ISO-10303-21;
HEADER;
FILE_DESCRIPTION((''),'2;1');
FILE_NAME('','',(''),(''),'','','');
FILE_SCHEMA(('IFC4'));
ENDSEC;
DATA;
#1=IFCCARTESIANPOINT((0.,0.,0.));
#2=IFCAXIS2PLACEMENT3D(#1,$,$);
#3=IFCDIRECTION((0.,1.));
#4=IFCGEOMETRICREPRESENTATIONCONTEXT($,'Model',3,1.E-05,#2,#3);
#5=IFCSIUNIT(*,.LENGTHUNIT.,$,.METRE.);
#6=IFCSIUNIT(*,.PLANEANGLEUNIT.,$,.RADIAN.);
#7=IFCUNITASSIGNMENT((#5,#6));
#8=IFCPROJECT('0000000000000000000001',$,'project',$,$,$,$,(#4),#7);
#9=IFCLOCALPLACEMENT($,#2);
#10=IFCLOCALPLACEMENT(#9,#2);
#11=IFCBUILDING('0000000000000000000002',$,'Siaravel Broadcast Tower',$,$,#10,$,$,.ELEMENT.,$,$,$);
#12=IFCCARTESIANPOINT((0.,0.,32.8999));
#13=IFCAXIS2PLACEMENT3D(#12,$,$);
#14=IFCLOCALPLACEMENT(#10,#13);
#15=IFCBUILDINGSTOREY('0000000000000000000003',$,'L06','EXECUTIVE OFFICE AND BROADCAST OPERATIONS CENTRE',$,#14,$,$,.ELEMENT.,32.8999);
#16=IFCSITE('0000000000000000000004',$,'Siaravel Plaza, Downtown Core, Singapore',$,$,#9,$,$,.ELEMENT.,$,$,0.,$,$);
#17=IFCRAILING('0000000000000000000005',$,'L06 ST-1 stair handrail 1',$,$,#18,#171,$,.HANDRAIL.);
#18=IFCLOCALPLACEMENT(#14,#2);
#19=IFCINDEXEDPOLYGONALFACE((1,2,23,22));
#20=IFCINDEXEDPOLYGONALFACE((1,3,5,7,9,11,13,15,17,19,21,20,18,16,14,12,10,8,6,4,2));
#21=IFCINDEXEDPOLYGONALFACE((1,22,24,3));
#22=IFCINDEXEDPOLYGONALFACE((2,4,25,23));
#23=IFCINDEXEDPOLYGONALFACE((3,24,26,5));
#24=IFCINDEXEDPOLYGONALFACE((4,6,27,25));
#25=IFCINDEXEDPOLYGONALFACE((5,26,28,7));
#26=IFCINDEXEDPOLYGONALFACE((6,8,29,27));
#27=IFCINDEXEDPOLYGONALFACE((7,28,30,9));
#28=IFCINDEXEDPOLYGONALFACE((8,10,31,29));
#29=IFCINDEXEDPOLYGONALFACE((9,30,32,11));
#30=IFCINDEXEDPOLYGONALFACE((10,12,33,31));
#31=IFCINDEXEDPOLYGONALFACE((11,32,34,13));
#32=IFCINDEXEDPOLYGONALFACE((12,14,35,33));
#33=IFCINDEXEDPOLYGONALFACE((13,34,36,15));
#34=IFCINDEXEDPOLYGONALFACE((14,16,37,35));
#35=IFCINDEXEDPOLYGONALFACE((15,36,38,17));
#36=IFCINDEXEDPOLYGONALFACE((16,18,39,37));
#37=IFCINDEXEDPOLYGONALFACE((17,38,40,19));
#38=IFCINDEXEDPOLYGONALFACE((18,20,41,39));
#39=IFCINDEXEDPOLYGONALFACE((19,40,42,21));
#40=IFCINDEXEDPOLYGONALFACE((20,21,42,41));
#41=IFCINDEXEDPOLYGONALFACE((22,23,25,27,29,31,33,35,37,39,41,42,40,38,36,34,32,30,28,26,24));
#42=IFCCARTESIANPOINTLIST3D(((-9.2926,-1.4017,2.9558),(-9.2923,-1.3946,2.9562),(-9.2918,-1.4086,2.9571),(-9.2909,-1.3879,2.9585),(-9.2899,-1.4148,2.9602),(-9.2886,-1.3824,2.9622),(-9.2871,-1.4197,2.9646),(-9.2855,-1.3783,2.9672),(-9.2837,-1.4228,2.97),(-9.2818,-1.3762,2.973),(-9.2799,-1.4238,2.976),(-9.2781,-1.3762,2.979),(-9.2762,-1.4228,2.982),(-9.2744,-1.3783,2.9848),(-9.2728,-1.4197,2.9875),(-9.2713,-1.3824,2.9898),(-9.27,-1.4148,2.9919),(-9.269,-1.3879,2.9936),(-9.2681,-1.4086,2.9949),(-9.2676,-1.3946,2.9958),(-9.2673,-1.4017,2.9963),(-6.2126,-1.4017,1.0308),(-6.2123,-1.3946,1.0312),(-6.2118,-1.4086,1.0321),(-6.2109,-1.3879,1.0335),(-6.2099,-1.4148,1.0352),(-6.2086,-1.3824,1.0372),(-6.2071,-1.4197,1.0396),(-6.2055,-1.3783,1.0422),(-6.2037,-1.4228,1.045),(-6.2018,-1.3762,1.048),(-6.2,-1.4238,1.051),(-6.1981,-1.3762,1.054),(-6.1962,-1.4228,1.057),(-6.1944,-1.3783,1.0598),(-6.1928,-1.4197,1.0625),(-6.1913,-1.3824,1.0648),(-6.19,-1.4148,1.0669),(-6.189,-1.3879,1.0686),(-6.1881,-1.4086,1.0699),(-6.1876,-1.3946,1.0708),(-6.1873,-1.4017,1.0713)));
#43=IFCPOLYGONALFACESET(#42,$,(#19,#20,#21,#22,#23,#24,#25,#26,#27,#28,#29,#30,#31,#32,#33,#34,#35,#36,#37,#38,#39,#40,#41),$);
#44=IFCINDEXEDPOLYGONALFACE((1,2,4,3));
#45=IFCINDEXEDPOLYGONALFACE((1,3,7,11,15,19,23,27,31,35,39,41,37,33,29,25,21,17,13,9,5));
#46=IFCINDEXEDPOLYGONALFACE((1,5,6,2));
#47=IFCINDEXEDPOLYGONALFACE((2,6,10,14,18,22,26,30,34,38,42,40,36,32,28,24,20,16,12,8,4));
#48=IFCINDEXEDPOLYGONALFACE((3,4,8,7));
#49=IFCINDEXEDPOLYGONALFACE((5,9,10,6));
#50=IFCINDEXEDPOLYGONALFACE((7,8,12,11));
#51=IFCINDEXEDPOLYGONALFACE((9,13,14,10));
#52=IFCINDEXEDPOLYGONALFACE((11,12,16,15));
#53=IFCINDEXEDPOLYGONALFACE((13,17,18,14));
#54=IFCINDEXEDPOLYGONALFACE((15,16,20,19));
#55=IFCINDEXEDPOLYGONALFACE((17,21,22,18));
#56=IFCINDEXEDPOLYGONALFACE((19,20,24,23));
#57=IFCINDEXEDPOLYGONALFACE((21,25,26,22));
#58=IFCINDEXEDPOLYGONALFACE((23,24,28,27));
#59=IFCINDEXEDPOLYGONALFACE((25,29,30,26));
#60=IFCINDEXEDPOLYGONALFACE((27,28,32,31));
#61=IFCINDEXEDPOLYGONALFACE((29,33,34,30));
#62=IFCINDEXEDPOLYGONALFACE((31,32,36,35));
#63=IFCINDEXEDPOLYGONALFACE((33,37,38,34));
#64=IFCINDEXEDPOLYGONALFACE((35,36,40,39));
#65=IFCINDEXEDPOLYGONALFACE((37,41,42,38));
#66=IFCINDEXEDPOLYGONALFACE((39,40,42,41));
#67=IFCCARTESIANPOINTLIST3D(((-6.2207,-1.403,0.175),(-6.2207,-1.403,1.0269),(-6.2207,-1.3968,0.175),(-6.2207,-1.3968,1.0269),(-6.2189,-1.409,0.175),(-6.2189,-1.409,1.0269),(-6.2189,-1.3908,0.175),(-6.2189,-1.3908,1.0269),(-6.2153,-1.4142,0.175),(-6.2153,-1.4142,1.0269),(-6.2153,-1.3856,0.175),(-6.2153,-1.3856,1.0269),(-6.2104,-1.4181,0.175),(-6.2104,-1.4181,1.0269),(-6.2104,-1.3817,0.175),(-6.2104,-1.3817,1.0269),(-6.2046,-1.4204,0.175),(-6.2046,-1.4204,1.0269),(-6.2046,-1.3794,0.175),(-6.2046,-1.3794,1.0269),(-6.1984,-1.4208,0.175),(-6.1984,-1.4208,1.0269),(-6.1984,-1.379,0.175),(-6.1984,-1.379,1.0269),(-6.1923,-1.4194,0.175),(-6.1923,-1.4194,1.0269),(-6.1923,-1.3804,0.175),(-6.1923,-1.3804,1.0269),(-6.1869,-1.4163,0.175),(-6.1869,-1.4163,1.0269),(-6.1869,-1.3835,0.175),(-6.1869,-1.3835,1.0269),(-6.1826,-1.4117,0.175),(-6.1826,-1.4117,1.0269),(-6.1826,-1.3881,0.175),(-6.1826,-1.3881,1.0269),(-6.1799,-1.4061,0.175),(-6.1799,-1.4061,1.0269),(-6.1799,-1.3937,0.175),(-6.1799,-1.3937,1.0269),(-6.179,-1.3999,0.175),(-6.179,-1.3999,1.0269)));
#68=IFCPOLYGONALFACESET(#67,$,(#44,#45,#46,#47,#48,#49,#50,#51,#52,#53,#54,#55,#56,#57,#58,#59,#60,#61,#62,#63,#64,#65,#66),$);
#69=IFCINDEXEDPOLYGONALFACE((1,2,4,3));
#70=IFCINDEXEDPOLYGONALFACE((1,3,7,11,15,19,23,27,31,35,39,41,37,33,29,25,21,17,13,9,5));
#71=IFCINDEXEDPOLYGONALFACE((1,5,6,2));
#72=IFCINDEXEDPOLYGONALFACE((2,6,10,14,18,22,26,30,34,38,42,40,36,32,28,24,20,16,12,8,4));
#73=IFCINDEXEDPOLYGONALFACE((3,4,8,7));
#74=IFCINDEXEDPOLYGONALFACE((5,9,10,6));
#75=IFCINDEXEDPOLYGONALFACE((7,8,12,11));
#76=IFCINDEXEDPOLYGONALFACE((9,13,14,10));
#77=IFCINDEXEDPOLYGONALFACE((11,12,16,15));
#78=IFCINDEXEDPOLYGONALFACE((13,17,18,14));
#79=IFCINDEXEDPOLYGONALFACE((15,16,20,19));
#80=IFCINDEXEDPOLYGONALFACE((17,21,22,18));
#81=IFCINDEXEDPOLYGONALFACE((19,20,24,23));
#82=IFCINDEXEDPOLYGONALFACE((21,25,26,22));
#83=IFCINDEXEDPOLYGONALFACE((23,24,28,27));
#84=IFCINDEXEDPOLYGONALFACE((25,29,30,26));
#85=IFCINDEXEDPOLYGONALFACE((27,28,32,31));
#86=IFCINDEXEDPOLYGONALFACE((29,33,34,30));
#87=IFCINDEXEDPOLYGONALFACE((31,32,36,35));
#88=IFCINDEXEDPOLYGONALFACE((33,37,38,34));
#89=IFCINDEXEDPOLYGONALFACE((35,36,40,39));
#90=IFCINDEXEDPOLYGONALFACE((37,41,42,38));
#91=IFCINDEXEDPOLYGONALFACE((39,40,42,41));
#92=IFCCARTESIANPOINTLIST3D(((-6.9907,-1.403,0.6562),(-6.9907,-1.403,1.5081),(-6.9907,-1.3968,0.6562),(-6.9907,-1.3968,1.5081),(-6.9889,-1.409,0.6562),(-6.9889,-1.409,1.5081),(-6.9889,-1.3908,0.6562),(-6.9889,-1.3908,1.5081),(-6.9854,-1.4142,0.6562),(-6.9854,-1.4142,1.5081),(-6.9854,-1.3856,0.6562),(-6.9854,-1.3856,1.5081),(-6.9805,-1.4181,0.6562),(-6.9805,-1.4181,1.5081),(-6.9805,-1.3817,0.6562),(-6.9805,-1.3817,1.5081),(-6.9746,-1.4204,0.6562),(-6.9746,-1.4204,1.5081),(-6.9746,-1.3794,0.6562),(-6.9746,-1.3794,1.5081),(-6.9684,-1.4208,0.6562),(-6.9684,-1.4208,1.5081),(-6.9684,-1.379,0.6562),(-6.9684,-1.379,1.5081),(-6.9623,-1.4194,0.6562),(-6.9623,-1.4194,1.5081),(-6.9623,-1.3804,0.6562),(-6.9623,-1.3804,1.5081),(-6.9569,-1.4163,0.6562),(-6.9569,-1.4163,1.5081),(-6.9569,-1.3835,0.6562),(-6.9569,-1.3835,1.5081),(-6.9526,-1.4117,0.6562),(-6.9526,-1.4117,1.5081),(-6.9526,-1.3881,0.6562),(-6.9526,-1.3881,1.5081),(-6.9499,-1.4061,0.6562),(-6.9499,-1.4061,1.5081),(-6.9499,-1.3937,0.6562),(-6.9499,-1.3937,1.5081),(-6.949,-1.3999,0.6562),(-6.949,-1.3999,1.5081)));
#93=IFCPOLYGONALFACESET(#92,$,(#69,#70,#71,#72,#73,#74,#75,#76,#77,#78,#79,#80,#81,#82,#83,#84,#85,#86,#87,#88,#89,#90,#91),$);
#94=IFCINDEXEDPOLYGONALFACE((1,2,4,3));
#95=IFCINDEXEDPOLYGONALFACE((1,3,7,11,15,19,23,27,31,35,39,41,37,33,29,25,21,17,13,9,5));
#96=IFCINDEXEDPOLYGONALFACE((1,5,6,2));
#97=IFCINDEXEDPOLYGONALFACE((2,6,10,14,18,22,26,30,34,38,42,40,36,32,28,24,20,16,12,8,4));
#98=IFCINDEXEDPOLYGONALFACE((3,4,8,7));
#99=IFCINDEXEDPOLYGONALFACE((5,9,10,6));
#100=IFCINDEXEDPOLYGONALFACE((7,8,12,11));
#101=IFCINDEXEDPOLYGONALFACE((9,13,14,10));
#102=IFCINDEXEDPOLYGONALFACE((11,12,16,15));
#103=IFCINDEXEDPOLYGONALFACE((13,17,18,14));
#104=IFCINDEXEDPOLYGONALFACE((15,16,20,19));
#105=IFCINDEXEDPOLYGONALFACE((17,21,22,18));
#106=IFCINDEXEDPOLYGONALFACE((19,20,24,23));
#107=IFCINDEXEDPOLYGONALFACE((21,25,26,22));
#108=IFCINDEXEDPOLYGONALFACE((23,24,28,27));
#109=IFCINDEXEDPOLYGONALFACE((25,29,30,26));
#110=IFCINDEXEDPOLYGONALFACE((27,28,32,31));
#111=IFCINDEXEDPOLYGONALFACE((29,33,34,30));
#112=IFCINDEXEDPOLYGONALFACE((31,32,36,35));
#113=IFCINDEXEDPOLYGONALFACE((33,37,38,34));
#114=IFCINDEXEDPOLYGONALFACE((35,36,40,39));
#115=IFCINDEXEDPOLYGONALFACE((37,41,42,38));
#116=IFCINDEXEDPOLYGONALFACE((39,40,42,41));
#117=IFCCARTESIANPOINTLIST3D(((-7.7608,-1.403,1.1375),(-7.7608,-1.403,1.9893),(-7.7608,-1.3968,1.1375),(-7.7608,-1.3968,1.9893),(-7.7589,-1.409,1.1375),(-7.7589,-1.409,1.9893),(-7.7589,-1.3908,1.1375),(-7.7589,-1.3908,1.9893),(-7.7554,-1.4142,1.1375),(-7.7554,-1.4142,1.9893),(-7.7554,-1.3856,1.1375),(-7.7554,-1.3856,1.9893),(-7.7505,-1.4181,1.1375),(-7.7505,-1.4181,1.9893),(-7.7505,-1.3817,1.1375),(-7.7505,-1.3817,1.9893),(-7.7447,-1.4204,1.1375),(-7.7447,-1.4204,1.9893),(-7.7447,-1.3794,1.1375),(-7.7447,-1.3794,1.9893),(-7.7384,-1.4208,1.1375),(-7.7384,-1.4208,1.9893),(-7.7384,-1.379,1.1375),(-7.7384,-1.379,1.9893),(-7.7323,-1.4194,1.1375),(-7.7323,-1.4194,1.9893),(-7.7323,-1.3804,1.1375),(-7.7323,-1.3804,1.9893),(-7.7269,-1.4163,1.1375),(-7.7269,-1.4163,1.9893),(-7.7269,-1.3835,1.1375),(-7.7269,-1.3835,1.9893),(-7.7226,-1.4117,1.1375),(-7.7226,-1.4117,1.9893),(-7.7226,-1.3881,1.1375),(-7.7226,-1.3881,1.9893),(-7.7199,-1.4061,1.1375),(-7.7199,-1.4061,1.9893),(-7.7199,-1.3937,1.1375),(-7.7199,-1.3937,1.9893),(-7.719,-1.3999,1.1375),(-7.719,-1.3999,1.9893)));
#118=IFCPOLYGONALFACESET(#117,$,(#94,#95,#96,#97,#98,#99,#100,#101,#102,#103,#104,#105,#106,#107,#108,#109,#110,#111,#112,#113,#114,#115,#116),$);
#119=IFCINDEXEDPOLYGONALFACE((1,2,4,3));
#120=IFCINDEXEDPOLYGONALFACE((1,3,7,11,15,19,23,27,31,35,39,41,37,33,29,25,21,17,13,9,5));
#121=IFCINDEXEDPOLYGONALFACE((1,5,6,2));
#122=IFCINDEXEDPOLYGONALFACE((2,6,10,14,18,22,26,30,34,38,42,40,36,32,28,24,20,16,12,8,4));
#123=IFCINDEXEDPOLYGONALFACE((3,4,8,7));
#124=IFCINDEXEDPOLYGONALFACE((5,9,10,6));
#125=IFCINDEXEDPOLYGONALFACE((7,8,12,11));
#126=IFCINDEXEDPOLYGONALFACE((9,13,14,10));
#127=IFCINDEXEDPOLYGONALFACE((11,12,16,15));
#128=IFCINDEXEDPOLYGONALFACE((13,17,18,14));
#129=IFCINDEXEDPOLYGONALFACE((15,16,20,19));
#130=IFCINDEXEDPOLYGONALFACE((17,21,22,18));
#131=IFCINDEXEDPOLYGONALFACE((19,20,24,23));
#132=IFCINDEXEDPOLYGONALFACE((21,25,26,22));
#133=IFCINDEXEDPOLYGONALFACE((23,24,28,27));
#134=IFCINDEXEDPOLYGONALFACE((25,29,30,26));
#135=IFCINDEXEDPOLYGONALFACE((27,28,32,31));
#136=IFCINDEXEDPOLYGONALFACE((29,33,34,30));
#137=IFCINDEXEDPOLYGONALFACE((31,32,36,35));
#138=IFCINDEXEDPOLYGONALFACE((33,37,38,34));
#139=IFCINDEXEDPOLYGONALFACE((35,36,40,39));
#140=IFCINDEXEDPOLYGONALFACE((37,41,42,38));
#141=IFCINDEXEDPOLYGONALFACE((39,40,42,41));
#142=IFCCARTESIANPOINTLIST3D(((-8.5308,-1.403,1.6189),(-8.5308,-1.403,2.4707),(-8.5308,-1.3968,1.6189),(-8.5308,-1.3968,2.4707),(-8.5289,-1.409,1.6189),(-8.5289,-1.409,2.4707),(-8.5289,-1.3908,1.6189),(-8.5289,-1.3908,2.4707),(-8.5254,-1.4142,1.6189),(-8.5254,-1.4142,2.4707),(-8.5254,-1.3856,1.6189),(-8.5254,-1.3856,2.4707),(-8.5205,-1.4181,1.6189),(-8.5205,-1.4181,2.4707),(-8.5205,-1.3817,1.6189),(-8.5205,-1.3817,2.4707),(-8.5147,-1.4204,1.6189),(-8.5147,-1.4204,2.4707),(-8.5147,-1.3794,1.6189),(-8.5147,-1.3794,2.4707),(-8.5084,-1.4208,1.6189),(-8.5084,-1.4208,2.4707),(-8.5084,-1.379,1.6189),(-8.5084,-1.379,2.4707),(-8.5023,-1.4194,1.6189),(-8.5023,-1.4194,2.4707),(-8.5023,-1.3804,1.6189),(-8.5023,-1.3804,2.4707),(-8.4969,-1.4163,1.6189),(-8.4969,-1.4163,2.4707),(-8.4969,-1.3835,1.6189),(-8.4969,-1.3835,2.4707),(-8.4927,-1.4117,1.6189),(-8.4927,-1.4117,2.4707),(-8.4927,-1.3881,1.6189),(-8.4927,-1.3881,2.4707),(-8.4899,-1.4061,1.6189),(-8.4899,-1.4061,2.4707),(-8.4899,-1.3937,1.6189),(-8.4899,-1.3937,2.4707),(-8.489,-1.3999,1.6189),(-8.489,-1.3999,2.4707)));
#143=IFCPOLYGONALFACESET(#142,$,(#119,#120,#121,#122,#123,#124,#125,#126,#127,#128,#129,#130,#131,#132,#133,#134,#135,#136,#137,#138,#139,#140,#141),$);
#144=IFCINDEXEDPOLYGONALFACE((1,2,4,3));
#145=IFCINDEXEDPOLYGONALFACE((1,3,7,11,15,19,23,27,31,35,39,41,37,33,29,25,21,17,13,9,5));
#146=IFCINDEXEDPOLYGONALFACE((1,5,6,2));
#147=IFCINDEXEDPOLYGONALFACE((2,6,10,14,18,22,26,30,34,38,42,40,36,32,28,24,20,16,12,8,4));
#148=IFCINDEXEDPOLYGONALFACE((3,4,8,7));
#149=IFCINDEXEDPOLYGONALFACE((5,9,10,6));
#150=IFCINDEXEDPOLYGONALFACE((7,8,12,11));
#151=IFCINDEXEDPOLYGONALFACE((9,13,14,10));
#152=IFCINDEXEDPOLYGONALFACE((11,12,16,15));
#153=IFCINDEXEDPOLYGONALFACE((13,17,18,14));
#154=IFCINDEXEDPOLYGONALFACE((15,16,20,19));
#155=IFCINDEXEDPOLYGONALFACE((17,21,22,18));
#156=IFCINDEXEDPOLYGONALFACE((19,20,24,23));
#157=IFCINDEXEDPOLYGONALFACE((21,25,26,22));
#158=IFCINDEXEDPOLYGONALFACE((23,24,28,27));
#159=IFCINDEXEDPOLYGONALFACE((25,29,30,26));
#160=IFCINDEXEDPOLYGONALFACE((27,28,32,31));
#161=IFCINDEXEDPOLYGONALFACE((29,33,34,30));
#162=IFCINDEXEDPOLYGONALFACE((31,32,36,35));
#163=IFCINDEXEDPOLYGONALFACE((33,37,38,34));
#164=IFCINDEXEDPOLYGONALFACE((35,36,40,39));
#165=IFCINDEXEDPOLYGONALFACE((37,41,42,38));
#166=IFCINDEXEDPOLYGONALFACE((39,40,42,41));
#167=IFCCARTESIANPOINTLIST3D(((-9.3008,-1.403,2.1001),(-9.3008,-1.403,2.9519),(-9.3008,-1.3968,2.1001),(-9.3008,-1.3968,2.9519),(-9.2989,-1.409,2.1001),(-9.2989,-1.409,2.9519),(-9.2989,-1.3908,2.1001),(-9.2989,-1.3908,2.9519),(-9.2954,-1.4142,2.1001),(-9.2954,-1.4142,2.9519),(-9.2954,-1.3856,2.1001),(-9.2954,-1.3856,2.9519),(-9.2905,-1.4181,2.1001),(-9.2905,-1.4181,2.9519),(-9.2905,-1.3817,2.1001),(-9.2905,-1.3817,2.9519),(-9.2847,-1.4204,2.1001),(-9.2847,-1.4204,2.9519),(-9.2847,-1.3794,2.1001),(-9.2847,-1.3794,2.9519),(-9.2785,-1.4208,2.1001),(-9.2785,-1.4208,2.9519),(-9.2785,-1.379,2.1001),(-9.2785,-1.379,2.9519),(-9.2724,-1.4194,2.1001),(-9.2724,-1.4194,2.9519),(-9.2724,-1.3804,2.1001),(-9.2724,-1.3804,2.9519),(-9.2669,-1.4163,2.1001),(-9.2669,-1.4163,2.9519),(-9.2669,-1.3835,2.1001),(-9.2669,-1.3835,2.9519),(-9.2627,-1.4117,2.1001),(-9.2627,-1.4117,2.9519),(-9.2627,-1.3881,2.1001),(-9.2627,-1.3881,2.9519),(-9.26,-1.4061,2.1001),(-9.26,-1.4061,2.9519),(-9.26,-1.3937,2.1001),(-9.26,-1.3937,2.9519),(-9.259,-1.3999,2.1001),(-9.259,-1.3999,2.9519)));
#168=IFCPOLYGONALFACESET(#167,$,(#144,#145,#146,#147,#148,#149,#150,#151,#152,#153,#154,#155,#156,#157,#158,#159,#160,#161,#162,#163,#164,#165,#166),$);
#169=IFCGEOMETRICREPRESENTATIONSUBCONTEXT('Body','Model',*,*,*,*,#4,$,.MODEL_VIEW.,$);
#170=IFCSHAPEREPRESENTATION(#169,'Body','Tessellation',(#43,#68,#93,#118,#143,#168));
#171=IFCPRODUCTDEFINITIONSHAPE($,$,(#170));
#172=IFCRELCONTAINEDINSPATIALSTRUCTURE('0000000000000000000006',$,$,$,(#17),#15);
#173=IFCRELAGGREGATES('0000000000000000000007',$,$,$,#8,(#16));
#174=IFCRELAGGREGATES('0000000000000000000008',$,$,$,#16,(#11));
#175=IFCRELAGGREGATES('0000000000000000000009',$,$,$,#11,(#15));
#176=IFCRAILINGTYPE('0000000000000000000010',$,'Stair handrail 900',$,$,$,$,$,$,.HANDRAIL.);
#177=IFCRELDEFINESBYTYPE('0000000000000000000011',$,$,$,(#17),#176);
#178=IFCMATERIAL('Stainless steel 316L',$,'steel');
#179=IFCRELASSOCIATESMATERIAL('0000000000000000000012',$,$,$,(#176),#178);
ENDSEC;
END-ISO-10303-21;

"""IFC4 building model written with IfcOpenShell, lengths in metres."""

from ifc_helpers import new_model, si_unit, direction, frame, origin, origin_2d, place, context, subcontext, project, spatial, circle, extrude, material, type_object, element, save


model = new_model("IFC4")

# Units and contexts
model_context = context("Model", 3, precision=1e-05, world=origin(), true_north=direction((0.0, 1.0)))
body_context = subcontext(model_context, "Body", "Model", "MODEL_VIEW")
ifc_project = project(units=[si_unit("LENGTHUNIT", "METRE"), si_unit("PLANEANGLEUNIT", "RADIAN")], contexts=[model_context])

# Site, building, storey
site_placement = place(None, origin())
site = spatial("IfcSite", under=ifc_project, at=site_placement, Name="Siaravel Plaza, Downtown Core, Singapore", CompositionType="ELEMENT", RefElevation=0.0)
building_placement = place(site_placement, origin())
building = spatial("IfcBuilding", under=site, at=building_placement, Name="Siaravel Broadcast Tower", CompositionType="ELEMENT")
storey_placement = place(building_placement, frame((0.0, 0.0, 32.8999)))
storey = spatial("IfcBuildingStorey", under=building, at=storey_placement, Name="L06", Description="EXECUTIVE OFFICE AND BROADCAST OPERATIONS CENTRE", CompositionType="ELEMENT", Elevation=32.8999)

# Railing
ifc_material_1 = material(Name="Stainless steel 316L", Category="steel")
railing_type_1 = type_object("IfcRailingType", Name="Stair handrail 900", PredefinedType="HANDRAIL", material=ifc_material_1)
railing_1_placement = place(storey_placement, frame((-6.2, -1.3999, 0.175)))
element("IfcRailing", 1, at=railing_1_placement, inside=storey, type_object=railing_type_1, Name="L06 ST-1 stair handrail 1", PredefinedType="HANDRAIL", context=body_context, shape_type="SweptSolid", body=[
    extrude(circle(Radius=0.0239, at=origin_2d()), frame((0.0, 0.0, 0.876), z_axis=(-0.847998, 0.0, 0.529999), x_axis=(0.0, -1.0, 0.0)), (0.0, 0.0, 1.0), 3.6321),
    extrude(circle(Radius=0.021, at=origin_2d()), origin(), (0.0, 0.0, 1.0), 0.8518),
    extrude(circle(Radius=0.021, at=origin_2d()), frame((-0.77, 0.0, 0.4812)), (0.0, 0.0, 1.0), 0.8518),
    extrude(circle(Radius=0.021, at=origin_2d()), frame((-1.54, 0.0, 0.9624)), (0.0, 0.0, 1.0), 0.8518),
    extrude(circle(Radius=0.021, at=origin_2d()), frame((-2.3101, 0.0, 1.4438)), (0.0, 0.0, 1.0), 0.8518),
    extrude(circle(Radius=0.021, at=origin_2d()), frame((-3.0801, 0.0, 1.925)), (0.0, 0.0, 1.0), 0.8518),
])

save(model, "model.ifc")
